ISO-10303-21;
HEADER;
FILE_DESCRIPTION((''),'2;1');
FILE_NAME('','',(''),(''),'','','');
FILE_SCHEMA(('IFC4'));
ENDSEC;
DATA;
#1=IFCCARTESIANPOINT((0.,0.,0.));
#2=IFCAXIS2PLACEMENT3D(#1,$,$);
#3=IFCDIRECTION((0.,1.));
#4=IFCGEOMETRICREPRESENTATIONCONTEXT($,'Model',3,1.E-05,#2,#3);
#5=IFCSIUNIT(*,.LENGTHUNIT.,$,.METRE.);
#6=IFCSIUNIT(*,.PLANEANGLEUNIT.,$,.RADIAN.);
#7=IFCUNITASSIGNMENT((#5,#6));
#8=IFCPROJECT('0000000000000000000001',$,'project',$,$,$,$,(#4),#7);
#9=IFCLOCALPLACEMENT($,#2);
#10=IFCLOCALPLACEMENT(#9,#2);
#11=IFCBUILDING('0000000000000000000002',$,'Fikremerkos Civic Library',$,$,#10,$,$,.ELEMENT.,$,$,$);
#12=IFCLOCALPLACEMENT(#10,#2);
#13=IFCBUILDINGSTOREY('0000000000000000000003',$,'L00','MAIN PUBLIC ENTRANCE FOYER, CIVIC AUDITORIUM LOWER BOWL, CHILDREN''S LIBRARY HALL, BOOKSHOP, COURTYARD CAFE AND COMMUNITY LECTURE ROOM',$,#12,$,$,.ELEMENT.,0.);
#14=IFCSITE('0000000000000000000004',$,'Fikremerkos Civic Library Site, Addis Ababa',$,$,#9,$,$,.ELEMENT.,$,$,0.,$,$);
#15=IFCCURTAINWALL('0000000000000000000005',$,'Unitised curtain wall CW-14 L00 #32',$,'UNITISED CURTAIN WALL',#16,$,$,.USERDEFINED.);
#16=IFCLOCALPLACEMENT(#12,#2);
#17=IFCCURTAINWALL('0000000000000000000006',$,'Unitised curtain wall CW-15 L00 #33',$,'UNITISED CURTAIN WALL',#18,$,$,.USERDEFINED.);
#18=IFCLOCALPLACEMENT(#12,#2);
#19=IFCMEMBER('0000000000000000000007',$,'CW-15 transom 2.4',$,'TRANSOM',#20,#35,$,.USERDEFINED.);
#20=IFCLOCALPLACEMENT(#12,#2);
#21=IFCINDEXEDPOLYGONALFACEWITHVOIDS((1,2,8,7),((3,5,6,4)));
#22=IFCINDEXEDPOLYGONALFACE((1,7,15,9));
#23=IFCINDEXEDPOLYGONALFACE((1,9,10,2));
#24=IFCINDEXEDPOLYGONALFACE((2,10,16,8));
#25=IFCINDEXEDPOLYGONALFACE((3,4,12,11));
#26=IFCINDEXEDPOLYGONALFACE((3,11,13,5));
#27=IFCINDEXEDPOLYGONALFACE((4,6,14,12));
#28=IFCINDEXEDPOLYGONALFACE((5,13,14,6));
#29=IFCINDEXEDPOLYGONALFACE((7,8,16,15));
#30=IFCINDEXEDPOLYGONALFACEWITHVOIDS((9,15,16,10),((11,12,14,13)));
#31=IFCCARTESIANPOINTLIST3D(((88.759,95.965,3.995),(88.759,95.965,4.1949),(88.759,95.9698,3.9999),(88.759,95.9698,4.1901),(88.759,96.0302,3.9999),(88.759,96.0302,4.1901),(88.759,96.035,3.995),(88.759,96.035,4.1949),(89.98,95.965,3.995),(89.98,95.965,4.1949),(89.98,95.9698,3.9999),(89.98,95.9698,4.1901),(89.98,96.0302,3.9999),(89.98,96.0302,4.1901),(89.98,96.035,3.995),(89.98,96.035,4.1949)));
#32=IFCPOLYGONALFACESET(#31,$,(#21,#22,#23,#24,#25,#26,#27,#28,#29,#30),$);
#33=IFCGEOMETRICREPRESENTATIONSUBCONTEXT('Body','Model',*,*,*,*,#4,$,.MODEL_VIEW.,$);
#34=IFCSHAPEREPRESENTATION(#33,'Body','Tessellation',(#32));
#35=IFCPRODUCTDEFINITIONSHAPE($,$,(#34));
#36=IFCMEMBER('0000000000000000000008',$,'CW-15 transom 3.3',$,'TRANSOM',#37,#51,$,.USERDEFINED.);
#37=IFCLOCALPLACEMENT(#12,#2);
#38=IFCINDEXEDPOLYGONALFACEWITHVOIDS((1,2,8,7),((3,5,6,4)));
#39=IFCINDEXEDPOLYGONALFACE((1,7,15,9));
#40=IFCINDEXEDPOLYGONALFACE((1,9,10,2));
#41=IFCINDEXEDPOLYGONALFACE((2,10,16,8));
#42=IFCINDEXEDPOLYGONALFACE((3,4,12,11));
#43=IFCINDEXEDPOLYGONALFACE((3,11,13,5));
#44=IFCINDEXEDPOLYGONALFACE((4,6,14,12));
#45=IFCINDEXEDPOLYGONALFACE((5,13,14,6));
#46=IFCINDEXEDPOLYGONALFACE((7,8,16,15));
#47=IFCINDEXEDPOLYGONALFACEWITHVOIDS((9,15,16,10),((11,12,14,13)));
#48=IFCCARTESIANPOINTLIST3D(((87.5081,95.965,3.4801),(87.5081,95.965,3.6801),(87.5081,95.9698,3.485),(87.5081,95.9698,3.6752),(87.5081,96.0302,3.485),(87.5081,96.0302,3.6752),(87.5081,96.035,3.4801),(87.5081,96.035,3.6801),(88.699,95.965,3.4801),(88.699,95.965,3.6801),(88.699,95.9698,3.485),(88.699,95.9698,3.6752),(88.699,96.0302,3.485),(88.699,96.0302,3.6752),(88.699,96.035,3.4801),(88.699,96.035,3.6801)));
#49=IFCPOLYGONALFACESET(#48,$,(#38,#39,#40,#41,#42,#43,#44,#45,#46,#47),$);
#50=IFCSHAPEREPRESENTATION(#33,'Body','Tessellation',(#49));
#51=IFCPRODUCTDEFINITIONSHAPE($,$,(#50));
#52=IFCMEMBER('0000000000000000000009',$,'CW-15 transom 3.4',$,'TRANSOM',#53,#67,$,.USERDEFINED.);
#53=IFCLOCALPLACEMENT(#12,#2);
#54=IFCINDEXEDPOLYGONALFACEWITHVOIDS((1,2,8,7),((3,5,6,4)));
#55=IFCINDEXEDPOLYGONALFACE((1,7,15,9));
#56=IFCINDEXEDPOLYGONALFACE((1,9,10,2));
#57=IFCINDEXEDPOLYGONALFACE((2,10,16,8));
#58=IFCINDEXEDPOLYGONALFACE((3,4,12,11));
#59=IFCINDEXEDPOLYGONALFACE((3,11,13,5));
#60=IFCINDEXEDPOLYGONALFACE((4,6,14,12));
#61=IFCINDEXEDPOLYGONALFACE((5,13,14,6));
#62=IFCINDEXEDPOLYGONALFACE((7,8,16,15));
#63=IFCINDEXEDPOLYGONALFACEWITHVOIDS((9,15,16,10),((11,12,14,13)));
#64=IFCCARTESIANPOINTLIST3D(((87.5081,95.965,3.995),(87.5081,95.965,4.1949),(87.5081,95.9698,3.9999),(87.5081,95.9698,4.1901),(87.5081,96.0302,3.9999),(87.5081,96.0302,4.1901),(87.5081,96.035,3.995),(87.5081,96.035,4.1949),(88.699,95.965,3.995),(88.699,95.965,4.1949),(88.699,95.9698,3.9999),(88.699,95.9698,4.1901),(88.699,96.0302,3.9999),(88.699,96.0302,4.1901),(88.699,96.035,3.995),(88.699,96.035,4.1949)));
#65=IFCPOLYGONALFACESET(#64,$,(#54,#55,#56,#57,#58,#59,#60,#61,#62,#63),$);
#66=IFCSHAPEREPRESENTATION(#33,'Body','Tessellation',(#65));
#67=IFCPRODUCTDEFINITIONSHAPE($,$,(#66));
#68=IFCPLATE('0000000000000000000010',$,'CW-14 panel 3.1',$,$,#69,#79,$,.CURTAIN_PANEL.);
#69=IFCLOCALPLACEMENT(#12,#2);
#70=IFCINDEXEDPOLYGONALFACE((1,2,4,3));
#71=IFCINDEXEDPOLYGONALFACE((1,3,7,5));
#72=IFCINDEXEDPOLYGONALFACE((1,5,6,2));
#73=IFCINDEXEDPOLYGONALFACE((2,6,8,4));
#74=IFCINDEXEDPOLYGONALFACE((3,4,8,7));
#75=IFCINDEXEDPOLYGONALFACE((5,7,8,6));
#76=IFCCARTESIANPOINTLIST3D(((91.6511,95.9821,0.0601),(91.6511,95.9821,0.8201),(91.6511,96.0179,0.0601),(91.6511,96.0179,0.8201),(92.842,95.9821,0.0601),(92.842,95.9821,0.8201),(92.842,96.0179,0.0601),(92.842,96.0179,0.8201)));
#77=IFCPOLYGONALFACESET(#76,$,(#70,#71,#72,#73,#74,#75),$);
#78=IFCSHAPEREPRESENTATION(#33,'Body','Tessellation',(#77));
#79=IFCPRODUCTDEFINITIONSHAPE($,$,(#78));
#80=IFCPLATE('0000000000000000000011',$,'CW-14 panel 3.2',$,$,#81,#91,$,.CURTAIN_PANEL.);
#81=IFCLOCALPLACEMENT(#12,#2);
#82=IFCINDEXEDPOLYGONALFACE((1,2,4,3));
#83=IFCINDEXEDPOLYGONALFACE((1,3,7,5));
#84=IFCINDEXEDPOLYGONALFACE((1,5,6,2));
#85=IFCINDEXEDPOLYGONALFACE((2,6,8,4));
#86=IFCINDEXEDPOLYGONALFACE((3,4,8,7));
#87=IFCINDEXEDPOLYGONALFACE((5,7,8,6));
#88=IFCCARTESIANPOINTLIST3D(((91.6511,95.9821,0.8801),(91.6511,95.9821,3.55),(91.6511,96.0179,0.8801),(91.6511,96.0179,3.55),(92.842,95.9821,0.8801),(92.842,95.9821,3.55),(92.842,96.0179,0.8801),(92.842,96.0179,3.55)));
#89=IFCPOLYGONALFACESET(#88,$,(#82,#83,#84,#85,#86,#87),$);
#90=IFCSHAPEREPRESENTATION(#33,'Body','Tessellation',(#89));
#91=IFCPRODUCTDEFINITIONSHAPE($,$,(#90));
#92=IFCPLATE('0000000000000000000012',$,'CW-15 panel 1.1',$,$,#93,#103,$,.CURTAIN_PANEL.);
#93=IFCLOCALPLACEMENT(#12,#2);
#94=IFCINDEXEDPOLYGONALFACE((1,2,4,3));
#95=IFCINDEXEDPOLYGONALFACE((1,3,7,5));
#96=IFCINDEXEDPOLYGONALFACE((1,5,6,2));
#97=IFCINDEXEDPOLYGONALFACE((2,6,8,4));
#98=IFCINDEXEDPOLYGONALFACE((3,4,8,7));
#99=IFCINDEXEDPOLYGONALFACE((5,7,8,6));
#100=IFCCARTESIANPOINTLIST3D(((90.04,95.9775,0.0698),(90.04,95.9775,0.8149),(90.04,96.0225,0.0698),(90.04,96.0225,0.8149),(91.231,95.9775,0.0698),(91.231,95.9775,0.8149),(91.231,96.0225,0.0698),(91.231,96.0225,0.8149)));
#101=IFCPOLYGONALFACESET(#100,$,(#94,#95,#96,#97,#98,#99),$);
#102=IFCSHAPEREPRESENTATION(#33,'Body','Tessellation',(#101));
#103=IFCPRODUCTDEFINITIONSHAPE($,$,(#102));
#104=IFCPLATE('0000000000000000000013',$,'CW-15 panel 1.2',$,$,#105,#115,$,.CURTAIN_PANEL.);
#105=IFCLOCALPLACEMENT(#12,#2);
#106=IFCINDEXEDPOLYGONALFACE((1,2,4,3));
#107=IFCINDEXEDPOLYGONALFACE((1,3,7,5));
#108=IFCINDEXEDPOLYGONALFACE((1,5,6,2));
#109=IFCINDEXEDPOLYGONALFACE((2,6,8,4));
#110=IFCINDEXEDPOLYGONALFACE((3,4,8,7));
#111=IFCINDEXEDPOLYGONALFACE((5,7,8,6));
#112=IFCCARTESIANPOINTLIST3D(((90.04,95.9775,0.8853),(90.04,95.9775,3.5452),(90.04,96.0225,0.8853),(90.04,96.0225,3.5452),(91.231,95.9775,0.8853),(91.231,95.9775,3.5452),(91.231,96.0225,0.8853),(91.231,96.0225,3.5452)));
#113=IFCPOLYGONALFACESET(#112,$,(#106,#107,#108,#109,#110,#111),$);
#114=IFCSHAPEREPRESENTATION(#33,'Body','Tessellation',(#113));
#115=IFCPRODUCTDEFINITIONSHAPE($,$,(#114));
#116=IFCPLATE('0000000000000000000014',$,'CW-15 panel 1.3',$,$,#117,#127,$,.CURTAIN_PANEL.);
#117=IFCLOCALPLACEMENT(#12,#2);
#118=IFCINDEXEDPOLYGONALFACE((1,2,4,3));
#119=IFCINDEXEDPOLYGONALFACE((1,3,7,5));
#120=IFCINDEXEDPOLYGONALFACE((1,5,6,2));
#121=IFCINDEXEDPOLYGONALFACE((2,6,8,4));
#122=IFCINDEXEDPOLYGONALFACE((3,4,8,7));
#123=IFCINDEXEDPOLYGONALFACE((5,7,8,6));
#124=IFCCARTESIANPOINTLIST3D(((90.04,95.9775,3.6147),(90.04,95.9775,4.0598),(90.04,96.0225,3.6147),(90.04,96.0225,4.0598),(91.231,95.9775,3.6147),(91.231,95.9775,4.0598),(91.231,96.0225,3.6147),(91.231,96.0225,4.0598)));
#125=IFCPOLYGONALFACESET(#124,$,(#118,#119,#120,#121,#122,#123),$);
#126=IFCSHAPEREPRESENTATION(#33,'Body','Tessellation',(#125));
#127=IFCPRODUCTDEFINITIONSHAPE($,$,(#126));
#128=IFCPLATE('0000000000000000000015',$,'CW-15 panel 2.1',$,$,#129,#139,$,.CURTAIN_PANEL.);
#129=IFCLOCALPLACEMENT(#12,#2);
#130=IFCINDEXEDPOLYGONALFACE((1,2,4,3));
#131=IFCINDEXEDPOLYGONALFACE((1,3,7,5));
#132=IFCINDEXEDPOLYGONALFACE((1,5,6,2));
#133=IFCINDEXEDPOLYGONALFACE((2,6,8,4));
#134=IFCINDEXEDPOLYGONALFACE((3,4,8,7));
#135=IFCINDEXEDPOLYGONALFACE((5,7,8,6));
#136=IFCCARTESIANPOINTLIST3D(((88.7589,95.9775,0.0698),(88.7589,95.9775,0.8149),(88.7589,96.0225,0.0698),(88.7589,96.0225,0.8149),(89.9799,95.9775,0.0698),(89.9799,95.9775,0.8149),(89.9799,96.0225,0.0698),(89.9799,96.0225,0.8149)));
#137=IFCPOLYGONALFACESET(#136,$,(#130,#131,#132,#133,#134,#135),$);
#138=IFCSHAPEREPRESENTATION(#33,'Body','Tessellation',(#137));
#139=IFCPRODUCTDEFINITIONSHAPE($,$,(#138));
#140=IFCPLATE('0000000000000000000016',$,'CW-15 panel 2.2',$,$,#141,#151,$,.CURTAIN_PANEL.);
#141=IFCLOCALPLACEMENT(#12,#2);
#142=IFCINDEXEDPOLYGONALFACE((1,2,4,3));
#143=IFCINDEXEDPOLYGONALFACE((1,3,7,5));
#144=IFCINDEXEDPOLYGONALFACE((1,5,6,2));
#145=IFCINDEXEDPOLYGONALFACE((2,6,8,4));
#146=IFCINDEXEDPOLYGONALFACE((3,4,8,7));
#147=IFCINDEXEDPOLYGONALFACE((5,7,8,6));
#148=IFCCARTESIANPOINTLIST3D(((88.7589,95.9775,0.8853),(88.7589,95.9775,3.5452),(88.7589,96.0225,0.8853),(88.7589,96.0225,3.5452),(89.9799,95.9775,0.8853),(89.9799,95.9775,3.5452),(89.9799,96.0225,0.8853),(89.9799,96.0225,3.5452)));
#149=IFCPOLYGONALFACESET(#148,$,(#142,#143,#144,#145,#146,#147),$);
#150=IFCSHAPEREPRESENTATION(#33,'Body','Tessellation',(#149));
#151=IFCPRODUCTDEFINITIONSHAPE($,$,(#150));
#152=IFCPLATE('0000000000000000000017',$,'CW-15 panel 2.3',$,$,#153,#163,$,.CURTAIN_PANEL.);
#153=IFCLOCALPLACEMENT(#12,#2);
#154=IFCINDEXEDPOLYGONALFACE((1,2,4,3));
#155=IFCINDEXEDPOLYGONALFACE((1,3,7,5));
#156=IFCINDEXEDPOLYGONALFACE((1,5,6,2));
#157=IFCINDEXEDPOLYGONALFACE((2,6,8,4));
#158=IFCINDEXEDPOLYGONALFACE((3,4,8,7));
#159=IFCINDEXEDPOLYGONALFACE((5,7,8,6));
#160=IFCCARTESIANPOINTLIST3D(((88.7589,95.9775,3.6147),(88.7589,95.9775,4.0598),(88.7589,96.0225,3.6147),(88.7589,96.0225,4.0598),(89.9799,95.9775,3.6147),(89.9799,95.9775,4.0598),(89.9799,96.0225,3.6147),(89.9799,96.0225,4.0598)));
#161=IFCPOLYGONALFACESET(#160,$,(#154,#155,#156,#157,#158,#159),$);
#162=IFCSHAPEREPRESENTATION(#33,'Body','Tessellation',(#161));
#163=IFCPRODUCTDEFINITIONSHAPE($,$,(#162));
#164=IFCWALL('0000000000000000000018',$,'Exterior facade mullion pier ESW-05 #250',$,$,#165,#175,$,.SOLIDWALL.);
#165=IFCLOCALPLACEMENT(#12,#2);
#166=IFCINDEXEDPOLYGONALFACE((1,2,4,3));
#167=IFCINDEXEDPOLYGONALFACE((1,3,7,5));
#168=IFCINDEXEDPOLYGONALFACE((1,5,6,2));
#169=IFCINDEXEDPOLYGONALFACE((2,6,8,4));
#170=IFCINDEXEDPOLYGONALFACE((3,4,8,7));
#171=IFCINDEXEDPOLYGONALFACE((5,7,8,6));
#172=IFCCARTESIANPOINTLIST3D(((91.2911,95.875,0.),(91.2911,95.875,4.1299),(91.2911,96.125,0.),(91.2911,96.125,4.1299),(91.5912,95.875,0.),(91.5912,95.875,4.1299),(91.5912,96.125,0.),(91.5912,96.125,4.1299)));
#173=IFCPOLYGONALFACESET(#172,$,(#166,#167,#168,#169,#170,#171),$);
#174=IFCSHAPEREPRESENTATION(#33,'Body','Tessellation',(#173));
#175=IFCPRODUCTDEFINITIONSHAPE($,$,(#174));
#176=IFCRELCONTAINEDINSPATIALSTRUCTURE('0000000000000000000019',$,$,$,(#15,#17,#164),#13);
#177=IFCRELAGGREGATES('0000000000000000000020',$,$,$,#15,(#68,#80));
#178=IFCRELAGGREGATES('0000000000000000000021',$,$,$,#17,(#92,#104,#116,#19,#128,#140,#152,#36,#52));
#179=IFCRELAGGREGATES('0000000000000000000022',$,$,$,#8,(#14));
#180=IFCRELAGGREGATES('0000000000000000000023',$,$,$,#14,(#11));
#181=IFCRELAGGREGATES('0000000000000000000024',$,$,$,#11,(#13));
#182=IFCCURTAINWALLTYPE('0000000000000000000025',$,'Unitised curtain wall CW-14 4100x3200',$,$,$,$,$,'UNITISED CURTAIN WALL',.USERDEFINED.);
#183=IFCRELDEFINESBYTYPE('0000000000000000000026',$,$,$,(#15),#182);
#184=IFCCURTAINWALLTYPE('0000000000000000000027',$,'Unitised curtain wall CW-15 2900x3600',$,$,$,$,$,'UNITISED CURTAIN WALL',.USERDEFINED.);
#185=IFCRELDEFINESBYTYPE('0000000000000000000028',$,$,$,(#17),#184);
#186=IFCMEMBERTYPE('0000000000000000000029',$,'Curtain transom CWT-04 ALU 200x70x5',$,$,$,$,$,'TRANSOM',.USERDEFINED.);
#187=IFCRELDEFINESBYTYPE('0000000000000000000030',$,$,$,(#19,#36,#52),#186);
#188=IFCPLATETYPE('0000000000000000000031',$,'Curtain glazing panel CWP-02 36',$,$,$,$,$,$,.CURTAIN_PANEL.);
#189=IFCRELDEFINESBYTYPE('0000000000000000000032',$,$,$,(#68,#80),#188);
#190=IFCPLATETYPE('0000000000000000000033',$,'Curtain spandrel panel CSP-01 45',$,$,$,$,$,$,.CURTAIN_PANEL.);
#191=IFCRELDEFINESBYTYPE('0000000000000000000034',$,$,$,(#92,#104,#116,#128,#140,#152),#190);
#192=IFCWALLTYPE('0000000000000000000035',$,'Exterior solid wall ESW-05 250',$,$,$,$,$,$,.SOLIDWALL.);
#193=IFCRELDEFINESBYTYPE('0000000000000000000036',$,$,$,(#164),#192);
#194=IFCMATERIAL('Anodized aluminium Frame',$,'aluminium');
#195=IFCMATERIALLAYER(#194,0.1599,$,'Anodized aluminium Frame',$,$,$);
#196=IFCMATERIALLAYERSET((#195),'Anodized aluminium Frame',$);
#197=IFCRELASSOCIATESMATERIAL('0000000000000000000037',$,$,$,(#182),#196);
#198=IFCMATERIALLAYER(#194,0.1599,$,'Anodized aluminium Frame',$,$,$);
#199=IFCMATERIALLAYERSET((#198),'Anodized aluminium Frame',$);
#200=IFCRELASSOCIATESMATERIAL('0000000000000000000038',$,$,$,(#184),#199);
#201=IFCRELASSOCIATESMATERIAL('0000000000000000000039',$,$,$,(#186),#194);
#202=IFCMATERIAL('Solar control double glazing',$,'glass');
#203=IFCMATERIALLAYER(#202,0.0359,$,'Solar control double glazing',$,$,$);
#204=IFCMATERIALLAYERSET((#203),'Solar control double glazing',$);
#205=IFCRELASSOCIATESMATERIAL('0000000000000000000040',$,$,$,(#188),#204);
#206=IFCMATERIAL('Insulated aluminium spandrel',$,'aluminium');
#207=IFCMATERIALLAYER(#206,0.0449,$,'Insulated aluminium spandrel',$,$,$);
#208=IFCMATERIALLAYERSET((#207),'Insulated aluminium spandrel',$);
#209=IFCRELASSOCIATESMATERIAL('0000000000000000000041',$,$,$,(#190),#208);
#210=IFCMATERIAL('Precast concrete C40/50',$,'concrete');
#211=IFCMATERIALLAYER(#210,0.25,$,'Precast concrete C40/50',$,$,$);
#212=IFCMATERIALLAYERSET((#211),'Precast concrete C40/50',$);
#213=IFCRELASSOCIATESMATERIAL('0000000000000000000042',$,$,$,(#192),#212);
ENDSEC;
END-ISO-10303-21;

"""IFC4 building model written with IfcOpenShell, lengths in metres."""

from ifc_helpers import new_model, si_unit, direction, frame, frame_2d, origin, origin_2d, place, context, subcontext, project, spatial, rectangle, hollow_rectangle, extrude, material, layer, layer_set, material_profile, profile_set, type_object, element, aggregate, save


model = new_model("IFC4")

# Units and contexts
model_context = context("Model", 3, precision=1e-05, world=origin(), true_north=direction((0.0, 1.0)))
body_context = subcontext(model_context, "Body", "Model", "MODEL_VIEW")
ifc_project = project(units=[si_unit("LENGTHUNIT", "METRE"), si_unit("PLANEANGLEUNIT", "RADIAN")], contexts=[model_context])

# Site, building, storey
site_placement = place(None, origin())
site = spatial("IfcSite", under=ifc_project, at=site_placement, Name="Fikremerkos Civic Library Site, Addis Ababa", CompositionType="ELEMENT", RefElevation=0.0)
building_placement = place(site_placement, origin())
building = spatial("IfcBuilding", under=site, at=building_placement, Name="Fikremerkos Civic Library", CompositionType="ELEMENT")
storey_placement = place(building_placement, origin())
storey = spatial("IfcBuildingStorey", under=building, at=storey_placement, Name="L00", Description="MAIN PUBLIC ENTRANCE FOYER, CIVIC AUDITORIUM LOWER BOWL, CHILDREN'S LIBRARY HALL, BOOKSHOP, COURTYARD CAFE AND COMMUNITY LECTURE ROOM", CompositionType="ELEMENT", Elevation=0.0)

# Curtain wall
ifc_material_1 = material(Name="Anodized aluminium Frame", Category="aluminium")
ifc_layer_1 = layer(ifc_material_1, 0.1599, Name="Anodized aluminium Frame")
ifc_layer_set_1 = layer_set([ifc_layer_1], Name="Anodized aluminium Frame")
curtain_wall_type_1 = type_object("IfcCurtainWallType", Name="Unitised curtain wall CW-14 4100x3200", ElementType="UNITISED CURTAIN WALL", PredefinedType="USERDEFINED", material=ifc_layer_set_1)
curtain_wall_1_placement = place(storey_placement, origin())
curtain_wall_1 = element("IfcCurtainWall", 1, at=curtain_wall_1_placement, inside=storey, type_object=curtain_wall_type_1, Name="Unitised curtain wall CW-14 L00 #32", ObjectType="UNITISED CURTAIN WALL", PredefinedType="USERDEFINED")

# Curtain wall, members
ifc_layer_2 = layer(ifc_material_1, 0.1599, Name="Anodized aluminium Frame")
ifc_layer_set_2 = layer_set([ifc_layer_2], Name="Anodized aluminium Frame")
curtain_wall_type_2 = type_object("IfcCurtainWallType", Name="Unitised curtain wall CW-15 2900x3600", ElementType="UNITISED CURTAIN WALL", PredefinedType="USERDEFINED", material=ifc_layer_set_2)
curtain_wall_2_placement = place(storey_placement, origin())
curtain_wall_2 = element("IfcCurtainWall", 2, at=curtain_wall_2_placement, inside=storey, type_object=curtain_wall_type_2, Name="Unitised curtain wall CW-15 L00 #33", ObjectType="UNITISED CURTAIN WALL", PredefinedType="USERDEFINED")
ifc_material_profile_1 = material_profile(ifc_material_1, hollow_rectangle(XDim=0.0701, YDim=0.2, WallThickness=0.0049, at=origin_2d()), Name="ALU 200x70x5")
ifc_profile_set_1 = profile_set([ifc_material_profile_1], Name="Anodized aluminium Frame")
member_type_1 = type_object("IfcMemberType", Name="Curtain transom CWT-04 ALU 200x70x5", ElementType="TRANSOM", PredefinedType="USERDEFINED", material=ifc_profile_set_1)
member_1_placement = place(storey_placement, frame((89.98, 96.0, 4.095), z_axis=(-1.0, 0.0, 0.0), x_axis=(0.0, -1.0, 0.0)))
member_1 = element("IfcMember", 3, at=member_1_placement, type_object=member_type_1, Name="CW-15 transom 2.4", ObjectType="TRANSOM", PredefinedType="USERDEFINED", context=body_context, shape_type="SweptSolid", body=[
    extrude(hollow_rectangle(XDim=0.0701, YDim=0.2, WallThickness=0.0049, at=origin_2d()), origin(), (0.0, 0.0, 1.0), 1.2209),
])
member_2_placement = place(storey_placement, frame((88.699, 96.0, 3.5801), z_axis=(-1.0, 0.0, 0.0), x_axis=(0.0, -1.0, 0.0)))
member_2 = element("IfcMember", 4, at=member_2_placement, type_object=member_type_1, Name="CW-15 transom 3.3", ObjectType="TRANSOM", PredefinedType="USERDEFINED", context=body_context, shape_type="SweptSolid", body=[
    extrude(hollow_rectangle(XDim=0.0701, YDim=0.2, WallThickness=0.0049, at=origin_2d()), origin(), (0.0, 0.0, 1.0), 1.1909),
])
member_3_placement = place(storey_placement, frame((88.699, 96.0, 4.095), z_axis=(-1.0, 0.0, 0.0), x_axis=(0.0, -1.0, 0.0)))
member_3 = element("IfcMember", 5, at=member_3_placement, type_object=member_type_1, Name="CW-15 transom 3.4", ObjectType="TRANSOM", PredefinedType="USERDEFINED", context=body_context, shape_type="SweptSolid", body=[
    extrude(hollow_rectangle(XDim=0.0701, YDim=0.2, WallThickness=0.0049, at=origin_2d()), origin(), (0.0, 0.0, 1.0), 1.1909),
])

# Plates
ifc_material_2 = material(Name="Solar control double glazing", Category="glass")
ifc_layer_3 = layer(ifc_material_2, 0.0359, Name="Solar control double glazing")
ifc_layer_set_3 = layer_set([ifc_layer_3], Name="Solar control double glazing")
plate_type_1 = type_object("IfcPlateType", Name="Curtain glazing panel CWP-02 36", PredefinedType="CURTAIN_PANEL", material=ifc_layer_set_3)
plate_1_placement = place(storey_placement, frame((92.2466, 96.0, 0.0601), z_axis=(0.0, 0.0, 1.0), x_axis=(-1.0, 0.0, 0.0)))
plate_1 = element("IfcPlate", 6, at=plate_1_placement, type_object=plate_type_1, Name="CW-14 panel 3.1", PredefinedType="CURTAIN_PANEL", context=body_context, shape_type="SweptSolid", body=[
    extrude(rectangle(XDim=1.1909, YDim=0.0359, at=origin_2d()), origin(), (0.0, 0.0, 1.0), 0.76),
])
plate_2_placement = place(storey_placement, frame((92.2466, 96.0, 0.8801), z_axis=(0.0, 0.0, 1.0), x_axis=(-1.0, 0.0, 0.0)))
plate_2 = element("IfcPlate", 7, at=plate_2_placement, type_object=plate_type_1, Name="CW-14 panel 3.2", PredefinedType="CURTAIN_PANEL", context=body_context, shape_type="SweptSolid", body=[
    extrude(rectangle(XDim=1.1909, YDim=0.0359, at=origin_2d()), origin(), (0.0, 0.0, 1.0), 2.6699),
])
aggregate(curtain_wall_1, [plate_1, plate_2])
ifc_material_3 = material(Name="Insulated aluminium spandrel", Category="aluminium")
ifc_layer_4 = layer(ifc_material_3, 0.0449, Name="Insulated aluminium spandrel")
ifc_layer_set_4 = layer_set([ifc_layer_4], Name="Insulated aluminium spandrel")
plate_type_2 = type_object("IfcPlateType", Name="Curtain spandrel panel CSP-01 45", PredefinedType="CURTAIN_PANEL", material=ifc_layer_set_4)
plate_3_placement = place(storey_placement, frame((90.6355, 96.0, 0.0698), z_axis=(0.0, 0.0, 1.0), x_axis=(-1.0, 0.0, 0.0)))
plate_3 = element("IfcPlate", 8, at=plate_3_placement, type_object=plate_type_2, Name="CW-15 panel 1.1", PredefinedType="CURTAIN_PANEL", context=body_context, shape_type="SweptSolid", body=[
    extrude(rectangle(XDim=1.1909, YDim=0.0449, at=origin_2d()), origin(), (0.0, 0.0, 1.0), 0.7451),
])
plate_4_placement = place(storey_placement, frame((90.6355, 96.0, 0.8853), z_axis=(0.0, 0.0, 1.0), x_axis=(-1.0, 0.0, 0.0)))
plate_4 = element("IfcPlate", 9, at=plate_4_placement, type_object=plate_type_2, Name="CW-15 panel 1.2", PredefinedType="CURTAIN_PANEL", context=body_context, shape_type="SweptSolid", body=[
    extrude(rectangle(XDim=1.1909, YDim=0.0449, at=origin_2d()), origin(), (0.0, 0.0, 1.0), 2.6599),
])
plate_5_placement = place(storey_placement, frame((90.6355, 96.0, 3.6147), z_axis=(0.0, 0.0, 1.0), x_axis=(-1.0, 0.0, 0.0)))
plate_5 = element("IfcPlate", 10, at=plate_5_placement, type_object=plate_type_2, Name="CW-15 panel 1.3", PredefinedType="CURTAIN_PANEL", context=body_context, shape_type="SweptSolid", body=[
    extrude(rectangle(XDim=1.1909, YDim=0.0449, at=origin_2d()), origin(), (0.0, 0.0, 1.0), 0.4451),
])
plate_6_placement = place(storey_placement, frame((89.3694, 96.0, 0.0698), z_axis=(0.0, 0.0, 1.0), x_axis=(-1.0, 0.0, 0.0)))
plate_6 = element("IfcPlate", 11, at=plate_6_placement, type_object=plate_type_2, Name="CW-15 panel 2.1", PredefinedType="CURTAIN_PANEL", context=body_context, shape_type="SweptSolid", body=[
    extrude(rectangle(XDim=1.2209, YDim=0.0449, at=origin_2d()), origin(), (0.0, 0.0, 1.0), 0.7451),
])
plate_7_placement = place(storey_placement, frame((89.3694, 96.0, 0.8853), z_axis=(0.0, 0.0, 1.0), x_axis=(-1.0, 0.0, 0.0)))
plate_7 = element("IfcPlate", 12, at=plate_7_placement, type_object=plate_type_2, Name="CW-15 panel 2.2", PredefinedType="CURTAIN_PANEL", context=body_context, shape_type="SweptSolid", body=[
    extrude(rectangle(XDim=1.2209, YDim=0.0449, at=origin_2d()), origin(), (0.0, 0.0, 1.0), 2.6599),
])
plate_8_placement = place(storey_placement, frame((89.3694, 96.0, 3.6147), z_axis=(0.0, 0.0, 1.0), x_axis=(-1.0, 0.0, 0.0)))
plate_8 = element("IfcPlate", 13, at=plate_8_placement, type_object=plate_type_2, Name="CW-15 panel 2.3", PredefinedType="CURTAIN_PANEL", context=body_context, shape_type="SweptSolid", body=[
    extrude(rectangle(XDim=1.2209, YDim=0.0449, at=origin_2d()), origin(), (0.0, 0.0, 1.0), 0.4451),
])
aggregate(curtain_wall_2, [plate_3, plate_4, plate_5, member_1, plate_6, plate_7, plate_8, member_2, member_3])

# Wall
ifc_material_4 = material(Name="Precast concrete C40/50", Category="concrete")
ifc_layer_5 = layer(ifc_material_4, 0.25, Name="Precast concrete C40/50")
ifc_layer_set_5 = layer_set([ifc_layer_5], Name="Precast concrete C40/50")
wall_type = type_object("IfcWallType", Name="Exterior solid wall ESW-05 250", PredefinedType="SOLIDWALL", material=ifc_layer_set_5)
wall_placement = place(storey_placement, frame((91.5911, 96.0, 0.0), z_axis=(0.0, 0.0, 1.0), x_axis=(-1.0, 0.0, 0.0)))
element("IfcWall", 14, at=wall_placement, inside=storey, type_object=wall_type, Name="Exterior facade mullion pier ESW-05 #250", PredefinedType="SOLIDWALL", context=body_context, shape_type="SweptSolid", body=[
    extrude(rectangle(XDim=0.3, YDim=0.25, at=frame_2d((0.1499, 0.0))), origin(), (0.0, 0.0, 1.0), 4.1299),
])

save(model, "model.ifc")
